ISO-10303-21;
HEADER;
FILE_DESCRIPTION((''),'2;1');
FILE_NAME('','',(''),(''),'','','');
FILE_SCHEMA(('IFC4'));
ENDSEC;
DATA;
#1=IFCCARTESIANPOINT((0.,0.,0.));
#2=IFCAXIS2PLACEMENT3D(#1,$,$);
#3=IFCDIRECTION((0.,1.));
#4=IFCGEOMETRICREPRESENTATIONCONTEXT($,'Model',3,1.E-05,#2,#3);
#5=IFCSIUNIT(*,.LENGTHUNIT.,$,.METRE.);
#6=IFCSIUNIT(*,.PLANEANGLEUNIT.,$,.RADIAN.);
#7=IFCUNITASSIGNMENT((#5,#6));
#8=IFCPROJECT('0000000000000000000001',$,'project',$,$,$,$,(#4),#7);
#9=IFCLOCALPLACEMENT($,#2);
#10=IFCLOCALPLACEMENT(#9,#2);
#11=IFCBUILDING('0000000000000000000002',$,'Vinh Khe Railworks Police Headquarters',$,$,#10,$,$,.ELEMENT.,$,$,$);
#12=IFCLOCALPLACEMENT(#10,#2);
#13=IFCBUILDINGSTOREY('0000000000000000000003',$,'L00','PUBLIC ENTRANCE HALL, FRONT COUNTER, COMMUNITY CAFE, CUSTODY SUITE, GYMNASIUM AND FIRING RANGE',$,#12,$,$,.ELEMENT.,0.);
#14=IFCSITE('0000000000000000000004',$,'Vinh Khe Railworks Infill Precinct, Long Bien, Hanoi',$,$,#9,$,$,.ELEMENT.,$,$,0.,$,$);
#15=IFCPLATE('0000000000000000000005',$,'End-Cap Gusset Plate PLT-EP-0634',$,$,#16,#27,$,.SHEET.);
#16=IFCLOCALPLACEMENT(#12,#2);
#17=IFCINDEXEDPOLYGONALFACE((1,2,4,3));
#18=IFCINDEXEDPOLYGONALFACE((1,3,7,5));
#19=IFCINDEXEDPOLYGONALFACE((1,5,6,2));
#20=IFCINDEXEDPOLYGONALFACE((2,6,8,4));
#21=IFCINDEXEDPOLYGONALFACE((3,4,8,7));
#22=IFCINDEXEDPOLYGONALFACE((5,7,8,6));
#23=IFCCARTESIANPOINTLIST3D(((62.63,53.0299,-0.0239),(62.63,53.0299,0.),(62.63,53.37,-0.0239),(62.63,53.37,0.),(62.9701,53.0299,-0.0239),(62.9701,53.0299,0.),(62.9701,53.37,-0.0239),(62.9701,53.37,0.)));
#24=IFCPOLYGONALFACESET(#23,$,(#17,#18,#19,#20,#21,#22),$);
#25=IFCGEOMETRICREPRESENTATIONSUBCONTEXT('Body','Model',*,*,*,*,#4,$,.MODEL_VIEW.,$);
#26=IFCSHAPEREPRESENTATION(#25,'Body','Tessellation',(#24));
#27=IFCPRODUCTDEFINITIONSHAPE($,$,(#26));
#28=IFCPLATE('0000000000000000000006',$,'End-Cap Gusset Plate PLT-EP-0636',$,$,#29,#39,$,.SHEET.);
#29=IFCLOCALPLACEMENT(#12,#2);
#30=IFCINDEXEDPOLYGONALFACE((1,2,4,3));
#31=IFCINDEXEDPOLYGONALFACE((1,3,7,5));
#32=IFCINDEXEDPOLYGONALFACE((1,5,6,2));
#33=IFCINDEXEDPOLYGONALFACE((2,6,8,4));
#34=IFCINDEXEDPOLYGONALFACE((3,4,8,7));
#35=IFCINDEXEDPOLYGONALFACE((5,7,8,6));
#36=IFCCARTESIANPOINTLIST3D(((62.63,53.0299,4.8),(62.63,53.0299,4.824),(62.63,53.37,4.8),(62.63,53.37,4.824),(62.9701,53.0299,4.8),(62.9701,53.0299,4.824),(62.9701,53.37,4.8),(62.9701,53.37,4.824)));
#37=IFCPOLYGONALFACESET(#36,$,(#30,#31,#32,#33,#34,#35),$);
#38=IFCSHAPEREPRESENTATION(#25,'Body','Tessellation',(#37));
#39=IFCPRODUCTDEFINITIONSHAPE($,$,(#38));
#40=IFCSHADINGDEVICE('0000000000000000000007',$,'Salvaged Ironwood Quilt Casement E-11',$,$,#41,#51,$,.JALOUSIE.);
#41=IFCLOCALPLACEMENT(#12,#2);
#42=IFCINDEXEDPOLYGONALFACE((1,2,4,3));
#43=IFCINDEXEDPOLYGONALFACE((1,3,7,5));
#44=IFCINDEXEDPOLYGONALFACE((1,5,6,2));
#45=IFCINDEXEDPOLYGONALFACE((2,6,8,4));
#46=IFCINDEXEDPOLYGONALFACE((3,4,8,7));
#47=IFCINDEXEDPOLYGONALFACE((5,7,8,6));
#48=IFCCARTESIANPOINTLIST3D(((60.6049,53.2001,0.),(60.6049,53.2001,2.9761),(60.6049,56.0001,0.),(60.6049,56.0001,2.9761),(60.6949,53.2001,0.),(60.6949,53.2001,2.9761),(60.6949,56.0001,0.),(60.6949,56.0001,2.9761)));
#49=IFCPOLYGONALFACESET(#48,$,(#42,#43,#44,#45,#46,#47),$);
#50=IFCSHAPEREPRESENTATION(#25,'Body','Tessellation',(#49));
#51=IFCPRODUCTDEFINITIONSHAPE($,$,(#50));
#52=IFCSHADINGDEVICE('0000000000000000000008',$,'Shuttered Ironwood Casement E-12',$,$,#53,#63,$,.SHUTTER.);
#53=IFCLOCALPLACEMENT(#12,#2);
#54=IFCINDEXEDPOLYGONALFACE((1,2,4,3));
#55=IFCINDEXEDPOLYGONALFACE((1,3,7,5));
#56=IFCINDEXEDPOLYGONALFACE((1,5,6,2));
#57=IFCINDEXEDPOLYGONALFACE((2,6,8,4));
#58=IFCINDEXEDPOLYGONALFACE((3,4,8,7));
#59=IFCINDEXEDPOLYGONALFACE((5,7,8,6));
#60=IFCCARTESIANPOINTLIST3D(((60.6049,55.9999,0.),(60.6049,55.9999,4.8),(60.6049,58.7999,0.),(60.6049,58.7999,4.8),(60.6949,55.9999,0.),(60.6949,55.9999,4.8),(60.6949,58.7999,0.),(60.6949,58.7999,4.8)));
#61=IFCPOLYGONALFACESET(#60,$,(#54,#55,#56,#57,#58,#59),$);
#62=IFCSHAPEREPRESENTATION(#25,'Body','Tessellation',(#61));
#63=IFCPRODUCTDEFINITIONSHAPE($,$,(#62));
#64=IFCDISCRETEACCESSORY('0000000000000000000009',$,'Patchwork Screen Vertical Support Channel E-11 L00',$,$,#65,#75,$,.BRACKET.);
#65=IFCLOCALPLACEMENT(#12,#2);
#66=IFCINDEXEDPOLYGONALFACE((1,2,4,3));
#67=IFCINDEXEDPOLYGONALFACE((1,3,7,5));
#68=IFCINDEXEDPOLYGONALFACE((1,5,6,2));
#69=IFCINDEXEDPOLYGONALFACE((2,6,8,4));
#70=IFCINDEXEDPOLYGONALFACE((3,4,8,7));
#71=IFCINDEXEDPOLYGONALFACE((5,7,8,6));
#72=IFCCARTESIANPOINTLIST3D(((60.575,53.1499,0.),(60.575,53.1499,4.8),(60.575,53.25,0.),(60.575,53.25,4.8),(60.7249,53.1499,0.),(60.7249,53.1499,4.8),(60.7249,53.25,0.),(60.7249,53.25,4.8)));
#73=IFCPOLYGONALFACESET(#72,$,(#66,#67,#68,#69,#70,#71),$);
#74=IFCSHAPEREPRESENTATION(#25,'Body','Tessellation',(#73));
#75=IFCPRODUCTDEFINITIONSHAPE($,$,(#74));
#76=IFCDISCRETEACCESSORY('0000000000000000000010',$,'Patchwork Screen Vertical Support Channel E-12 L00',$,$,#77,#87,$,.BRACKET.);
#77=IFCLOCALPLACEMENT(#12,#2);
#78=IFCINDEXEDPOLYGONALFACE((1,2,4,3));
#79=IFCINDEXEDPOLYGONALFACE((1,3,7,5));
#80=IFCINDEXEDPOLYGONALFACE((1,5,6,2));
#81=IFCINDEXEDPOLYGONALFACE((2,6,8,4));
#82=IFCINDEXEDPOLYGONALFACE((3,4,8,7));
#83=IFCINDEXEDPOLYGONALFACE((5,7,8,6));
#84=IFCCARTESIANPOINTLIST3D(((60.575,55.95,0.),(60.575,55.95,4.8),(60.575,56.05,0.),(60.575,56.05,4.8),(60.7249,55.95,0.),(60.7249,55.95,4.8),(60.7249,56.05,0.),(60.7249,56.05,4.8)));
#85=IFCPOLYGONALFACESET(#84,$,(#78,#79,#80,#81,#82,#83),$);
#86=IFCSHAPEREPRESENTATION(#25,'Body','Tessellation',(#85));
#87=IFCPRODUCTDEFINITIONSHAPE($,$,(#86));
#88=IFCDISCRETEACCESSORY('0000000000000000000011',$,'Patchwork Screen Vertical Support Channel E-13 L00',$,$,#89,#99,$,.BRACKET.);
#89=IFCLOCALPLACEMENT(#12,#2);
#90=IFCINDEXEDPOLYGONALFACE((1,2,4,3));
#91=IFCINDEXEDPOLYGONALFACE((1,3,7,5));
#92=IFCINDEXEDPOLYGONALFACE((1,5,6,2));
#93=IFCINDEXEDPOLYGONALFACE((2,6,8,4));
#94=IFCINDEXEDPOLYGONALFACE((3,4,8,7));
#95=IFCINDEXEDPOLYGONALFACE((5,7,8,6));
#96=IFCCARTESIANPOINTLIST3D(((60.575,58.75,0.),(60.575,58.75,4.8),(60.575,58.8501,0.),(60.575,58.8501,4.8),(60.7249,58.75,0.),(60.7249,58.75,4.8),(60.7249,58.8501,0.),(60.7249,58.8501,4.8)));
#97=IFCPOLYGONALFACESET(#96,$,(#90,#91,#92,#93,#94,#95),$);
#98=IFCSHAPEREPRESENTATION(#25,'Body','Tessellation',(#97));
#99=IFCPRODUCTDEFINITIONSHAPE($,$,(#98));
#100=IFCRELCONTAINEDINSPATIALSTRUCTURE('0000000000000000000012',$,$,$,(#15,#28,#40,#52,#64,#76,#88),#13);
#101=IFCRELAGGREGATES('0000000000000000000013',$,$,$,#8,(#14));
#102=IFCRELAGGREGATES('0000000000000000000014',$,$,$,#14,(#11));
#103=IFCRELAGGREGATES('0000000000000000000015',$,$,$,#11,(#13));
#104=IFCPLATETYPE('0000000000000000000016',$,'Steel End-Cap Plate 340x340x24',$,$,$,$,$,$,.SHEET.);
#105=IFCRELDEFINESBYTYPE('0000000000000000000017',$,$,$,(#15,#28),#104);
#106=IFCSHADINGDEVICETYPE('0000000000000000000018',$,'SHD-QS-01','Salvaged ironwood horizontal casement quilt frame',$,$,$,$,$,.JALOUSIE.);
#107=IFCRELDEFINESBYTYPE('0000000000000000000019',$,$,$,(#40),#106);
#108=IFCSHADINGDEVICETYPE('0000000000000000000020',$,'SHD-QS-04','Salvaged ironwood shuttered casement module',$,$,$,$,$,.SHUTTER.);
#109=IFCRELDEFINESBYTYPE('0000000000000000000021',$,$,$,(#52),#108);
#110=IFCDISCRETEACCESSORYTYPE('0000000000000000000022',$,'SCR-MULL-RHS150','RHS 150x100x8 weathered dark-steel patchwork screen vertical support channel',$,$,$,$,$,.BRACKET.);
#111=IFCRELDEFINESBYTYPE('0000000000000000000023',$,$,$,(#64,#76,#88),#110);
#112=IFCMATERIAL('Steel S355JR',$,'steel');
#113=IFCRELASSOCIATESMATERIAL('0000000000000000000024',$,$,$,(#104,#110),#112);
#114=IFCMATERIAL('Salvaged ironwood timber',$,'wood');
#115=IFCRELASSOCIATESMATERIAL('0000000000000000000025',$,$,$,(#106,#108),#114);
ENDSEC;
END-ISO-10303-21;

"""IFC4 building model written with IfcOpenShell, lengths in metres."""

from ifc_helpers import new_model, si_unit, direction, frame, origin, origin_2d, place, context, subcontext, project, spatial, rectangle, extrude, material, material_profile, profile_set, type_object, element, save


model = new_model("IFC4")

# Units and contexts
model_context = context("Model", 3, precision=1e-05, world=origin(), true_north=direction((0.0, 1.0)))
body_context = subcontext(model_context, "Body", "Model", "MODEL_VIEW")
ifc_project = project(units=[si_unit("LENGTHUNIT", "METRE"), si_unit("PLANEANGLEUNIT", "RADIAN")], contexts=[model_context])

# Site, building, storey
site_placement = place(None, origin())
site = spatial("IfcSite", under=ifc_project, at=site_placement, Name="Vinh Khe Railworks Infill Precinct, Long Bien, Hanoi", CompositionType="ELEMENT", RefElevation=0.0)
building_placement = place(site_placement, origin())
building = spatial("IfcBuilding", under=site, at=building_placement, Name="Vinh Khe Railworks Police Headquarters", CompositionType="ELEMENT")
storey_placement = place(building_placement, origin())
storey = spatial("IfcBuildingStorey", under=building, at=storey_placement, Name="L00", Description="PUBLIC ENTRANCE HALL, FRONT COUNTER, COMMUNITY CAFE, CUSTODY SUITE, GYMNASIUM AND FIRING RANGE", CompositionType="ELEMENT", Elevation=0.0)

# Shared definitions
ifc_material_1 = material(Name="Steel S355JR", Category="steel")

# Shared definitions
ifc_material_2 = material(Name="Salvaged ironwood timber", Category="wood")

# Plates
ifc_material_profile_1 = material_profile(ifc_material_1, rectangle(XDim=0.3401, YDim=0.3401, at=origin_2d()), Name="PL 340x340")
ifc_profile_set_1 = profile_set([ifc_material_profile_1], Name="Steel S355JR")
plate_type_1 = type_object("IfcPlateType", Name="Steel End-Cap Plate 340x340x24", PredefinedType="SHEET", material=ifc_profile_set_1)
for number, where, z_axis, x_axis, name in (
    (1, (62.8, 53.2, 0.0), (0.0, 0.0, -1.0), (1.0, 0.0, 0.0), "End-Cap Gusset Plate PLT-EP-0634"),
    (2, (62.8, 53.2, 4.8), (0.0, 0.0, 1.0), (1.0, 0.0, 0.0), "End-Cap Gusset Plate PLT-EP-0636"),
):
    element("IfcPlate", number, at=place(storey_placement, frame(where, z_axis=z_axis, x_axis=x_axis)), inside=storey, type_object=plate_type_1, Name=name, PredefinedType="SHEET", context=body_context, shape_type="SweptSolid", body=[
        extrude(rectangle(XDim=0.3401, YDim=0.3401, at=origin_2d()), origin(), (0.0, 0.0, 1.0), 0.0239),
    ])

# Shading devices
shading_device_type_1 = type_object("IfcShadingDeviceType", Name="SHD-QS-01", Description="Salvaged ironwood horizontal casement quilt frame", PredefinedType="JALOUSIE", material=ifc_material_2)
shading_device_1_placement = place(storey_placement, frame((60.6499, 54.6001, 0.0), z_axis=(0.0, 0.0, 1.0), x_axis=(0.0, 1.0, 0.0)))
element("IfcShadingDevice", 3, at=shading_device_1_placement, inside=storey, type_object=shading_device_type_1, Name="Salvaged Ironwood Quilt Casement E-11", PredefinedType="JALOUSIE", context=body_context, shape_type="SweptSolid", body=[
    extrude(rectangle(XDim=2.8, YDim=0.0901, at=origin_2d()), origin(), (0.0, 0.0, 1.0), 2.9761),
])
shading_device_type_2 = type_object("IfcShadingDeviceType", Name="SHD-QS-04", Description="Salvaged ironwood shuttered casement module", PredefinedType="SHUTTER", material=ifc_material_2)
shading_device_2_placement = place(storey_placement, frame((60.6499, 57.3999, 0.0), z_axis=(0.0, 0.0, 1.0), x_axis=(0.0, 1.0, 0.0)))
element("IfcShadingDevice", 4, at=shading_device_2_placement, inside=storey, type_object=shading_device_type_2, Name="Shuttered Ironwood Casement E-12", PredefinedType="SHUTTER", context=body_context, shape_type="SweptSolid", body=[
    extrude(rectangle(XDim=2.8, YDim=0.0901, at=origin_2d()), origin(), (0.0, 0.0, 1.0), 4.8),
])

# Discrete accessories
discrete_accessory_type = type_object("IfcDiscreteAccessoryType", Name="SCR-MULL-RHS150", Description="RHS 150x100x8 weathered dark-steel patchwork screen vertical support channel", PredefinedType="BRACKET", material=ifc_material_1)
for number, where, z_axis, x_axis, name in (
    (5, (60.6499, 53.2, 0.0), (0.0, 0.0, 1.0), (1.0, 0.0, 0.0), "Patchwork Screen Vertical Support Channel E-11 L00"),
    (6, (60.6499, 56.0, 0.0), (0.0, 0.0, 1.0), (1.0, 0.0, 0.0), "Patchwork Screen Vertical Support Channel E-12 L00"),
    (7, (60.6499, 58.8, 0.0), (0.0, 0.0, 1.0), (1.0, 0.0, 0.0), "Patchwork Screen Vertical Support Channel E-13 L00"),
):
    element("IfcDiscreteAccessory", number, at=place(storey_placement, frame(where, z_axis=z_axis, x_axis=x_axis)), inside=storey, type_object=discrete_accessory_type, Name=name, PredefinedType="BRACKET", context=body_context, shape_type="SweptSolid", body=[
        extrude(rectangle(XDim=0.1499, YDim=0.1001, at=origin_2d()), origin(), (0.0, 0.0, 1.0), 4.8),
    ])

save(model, "model.ifc")
